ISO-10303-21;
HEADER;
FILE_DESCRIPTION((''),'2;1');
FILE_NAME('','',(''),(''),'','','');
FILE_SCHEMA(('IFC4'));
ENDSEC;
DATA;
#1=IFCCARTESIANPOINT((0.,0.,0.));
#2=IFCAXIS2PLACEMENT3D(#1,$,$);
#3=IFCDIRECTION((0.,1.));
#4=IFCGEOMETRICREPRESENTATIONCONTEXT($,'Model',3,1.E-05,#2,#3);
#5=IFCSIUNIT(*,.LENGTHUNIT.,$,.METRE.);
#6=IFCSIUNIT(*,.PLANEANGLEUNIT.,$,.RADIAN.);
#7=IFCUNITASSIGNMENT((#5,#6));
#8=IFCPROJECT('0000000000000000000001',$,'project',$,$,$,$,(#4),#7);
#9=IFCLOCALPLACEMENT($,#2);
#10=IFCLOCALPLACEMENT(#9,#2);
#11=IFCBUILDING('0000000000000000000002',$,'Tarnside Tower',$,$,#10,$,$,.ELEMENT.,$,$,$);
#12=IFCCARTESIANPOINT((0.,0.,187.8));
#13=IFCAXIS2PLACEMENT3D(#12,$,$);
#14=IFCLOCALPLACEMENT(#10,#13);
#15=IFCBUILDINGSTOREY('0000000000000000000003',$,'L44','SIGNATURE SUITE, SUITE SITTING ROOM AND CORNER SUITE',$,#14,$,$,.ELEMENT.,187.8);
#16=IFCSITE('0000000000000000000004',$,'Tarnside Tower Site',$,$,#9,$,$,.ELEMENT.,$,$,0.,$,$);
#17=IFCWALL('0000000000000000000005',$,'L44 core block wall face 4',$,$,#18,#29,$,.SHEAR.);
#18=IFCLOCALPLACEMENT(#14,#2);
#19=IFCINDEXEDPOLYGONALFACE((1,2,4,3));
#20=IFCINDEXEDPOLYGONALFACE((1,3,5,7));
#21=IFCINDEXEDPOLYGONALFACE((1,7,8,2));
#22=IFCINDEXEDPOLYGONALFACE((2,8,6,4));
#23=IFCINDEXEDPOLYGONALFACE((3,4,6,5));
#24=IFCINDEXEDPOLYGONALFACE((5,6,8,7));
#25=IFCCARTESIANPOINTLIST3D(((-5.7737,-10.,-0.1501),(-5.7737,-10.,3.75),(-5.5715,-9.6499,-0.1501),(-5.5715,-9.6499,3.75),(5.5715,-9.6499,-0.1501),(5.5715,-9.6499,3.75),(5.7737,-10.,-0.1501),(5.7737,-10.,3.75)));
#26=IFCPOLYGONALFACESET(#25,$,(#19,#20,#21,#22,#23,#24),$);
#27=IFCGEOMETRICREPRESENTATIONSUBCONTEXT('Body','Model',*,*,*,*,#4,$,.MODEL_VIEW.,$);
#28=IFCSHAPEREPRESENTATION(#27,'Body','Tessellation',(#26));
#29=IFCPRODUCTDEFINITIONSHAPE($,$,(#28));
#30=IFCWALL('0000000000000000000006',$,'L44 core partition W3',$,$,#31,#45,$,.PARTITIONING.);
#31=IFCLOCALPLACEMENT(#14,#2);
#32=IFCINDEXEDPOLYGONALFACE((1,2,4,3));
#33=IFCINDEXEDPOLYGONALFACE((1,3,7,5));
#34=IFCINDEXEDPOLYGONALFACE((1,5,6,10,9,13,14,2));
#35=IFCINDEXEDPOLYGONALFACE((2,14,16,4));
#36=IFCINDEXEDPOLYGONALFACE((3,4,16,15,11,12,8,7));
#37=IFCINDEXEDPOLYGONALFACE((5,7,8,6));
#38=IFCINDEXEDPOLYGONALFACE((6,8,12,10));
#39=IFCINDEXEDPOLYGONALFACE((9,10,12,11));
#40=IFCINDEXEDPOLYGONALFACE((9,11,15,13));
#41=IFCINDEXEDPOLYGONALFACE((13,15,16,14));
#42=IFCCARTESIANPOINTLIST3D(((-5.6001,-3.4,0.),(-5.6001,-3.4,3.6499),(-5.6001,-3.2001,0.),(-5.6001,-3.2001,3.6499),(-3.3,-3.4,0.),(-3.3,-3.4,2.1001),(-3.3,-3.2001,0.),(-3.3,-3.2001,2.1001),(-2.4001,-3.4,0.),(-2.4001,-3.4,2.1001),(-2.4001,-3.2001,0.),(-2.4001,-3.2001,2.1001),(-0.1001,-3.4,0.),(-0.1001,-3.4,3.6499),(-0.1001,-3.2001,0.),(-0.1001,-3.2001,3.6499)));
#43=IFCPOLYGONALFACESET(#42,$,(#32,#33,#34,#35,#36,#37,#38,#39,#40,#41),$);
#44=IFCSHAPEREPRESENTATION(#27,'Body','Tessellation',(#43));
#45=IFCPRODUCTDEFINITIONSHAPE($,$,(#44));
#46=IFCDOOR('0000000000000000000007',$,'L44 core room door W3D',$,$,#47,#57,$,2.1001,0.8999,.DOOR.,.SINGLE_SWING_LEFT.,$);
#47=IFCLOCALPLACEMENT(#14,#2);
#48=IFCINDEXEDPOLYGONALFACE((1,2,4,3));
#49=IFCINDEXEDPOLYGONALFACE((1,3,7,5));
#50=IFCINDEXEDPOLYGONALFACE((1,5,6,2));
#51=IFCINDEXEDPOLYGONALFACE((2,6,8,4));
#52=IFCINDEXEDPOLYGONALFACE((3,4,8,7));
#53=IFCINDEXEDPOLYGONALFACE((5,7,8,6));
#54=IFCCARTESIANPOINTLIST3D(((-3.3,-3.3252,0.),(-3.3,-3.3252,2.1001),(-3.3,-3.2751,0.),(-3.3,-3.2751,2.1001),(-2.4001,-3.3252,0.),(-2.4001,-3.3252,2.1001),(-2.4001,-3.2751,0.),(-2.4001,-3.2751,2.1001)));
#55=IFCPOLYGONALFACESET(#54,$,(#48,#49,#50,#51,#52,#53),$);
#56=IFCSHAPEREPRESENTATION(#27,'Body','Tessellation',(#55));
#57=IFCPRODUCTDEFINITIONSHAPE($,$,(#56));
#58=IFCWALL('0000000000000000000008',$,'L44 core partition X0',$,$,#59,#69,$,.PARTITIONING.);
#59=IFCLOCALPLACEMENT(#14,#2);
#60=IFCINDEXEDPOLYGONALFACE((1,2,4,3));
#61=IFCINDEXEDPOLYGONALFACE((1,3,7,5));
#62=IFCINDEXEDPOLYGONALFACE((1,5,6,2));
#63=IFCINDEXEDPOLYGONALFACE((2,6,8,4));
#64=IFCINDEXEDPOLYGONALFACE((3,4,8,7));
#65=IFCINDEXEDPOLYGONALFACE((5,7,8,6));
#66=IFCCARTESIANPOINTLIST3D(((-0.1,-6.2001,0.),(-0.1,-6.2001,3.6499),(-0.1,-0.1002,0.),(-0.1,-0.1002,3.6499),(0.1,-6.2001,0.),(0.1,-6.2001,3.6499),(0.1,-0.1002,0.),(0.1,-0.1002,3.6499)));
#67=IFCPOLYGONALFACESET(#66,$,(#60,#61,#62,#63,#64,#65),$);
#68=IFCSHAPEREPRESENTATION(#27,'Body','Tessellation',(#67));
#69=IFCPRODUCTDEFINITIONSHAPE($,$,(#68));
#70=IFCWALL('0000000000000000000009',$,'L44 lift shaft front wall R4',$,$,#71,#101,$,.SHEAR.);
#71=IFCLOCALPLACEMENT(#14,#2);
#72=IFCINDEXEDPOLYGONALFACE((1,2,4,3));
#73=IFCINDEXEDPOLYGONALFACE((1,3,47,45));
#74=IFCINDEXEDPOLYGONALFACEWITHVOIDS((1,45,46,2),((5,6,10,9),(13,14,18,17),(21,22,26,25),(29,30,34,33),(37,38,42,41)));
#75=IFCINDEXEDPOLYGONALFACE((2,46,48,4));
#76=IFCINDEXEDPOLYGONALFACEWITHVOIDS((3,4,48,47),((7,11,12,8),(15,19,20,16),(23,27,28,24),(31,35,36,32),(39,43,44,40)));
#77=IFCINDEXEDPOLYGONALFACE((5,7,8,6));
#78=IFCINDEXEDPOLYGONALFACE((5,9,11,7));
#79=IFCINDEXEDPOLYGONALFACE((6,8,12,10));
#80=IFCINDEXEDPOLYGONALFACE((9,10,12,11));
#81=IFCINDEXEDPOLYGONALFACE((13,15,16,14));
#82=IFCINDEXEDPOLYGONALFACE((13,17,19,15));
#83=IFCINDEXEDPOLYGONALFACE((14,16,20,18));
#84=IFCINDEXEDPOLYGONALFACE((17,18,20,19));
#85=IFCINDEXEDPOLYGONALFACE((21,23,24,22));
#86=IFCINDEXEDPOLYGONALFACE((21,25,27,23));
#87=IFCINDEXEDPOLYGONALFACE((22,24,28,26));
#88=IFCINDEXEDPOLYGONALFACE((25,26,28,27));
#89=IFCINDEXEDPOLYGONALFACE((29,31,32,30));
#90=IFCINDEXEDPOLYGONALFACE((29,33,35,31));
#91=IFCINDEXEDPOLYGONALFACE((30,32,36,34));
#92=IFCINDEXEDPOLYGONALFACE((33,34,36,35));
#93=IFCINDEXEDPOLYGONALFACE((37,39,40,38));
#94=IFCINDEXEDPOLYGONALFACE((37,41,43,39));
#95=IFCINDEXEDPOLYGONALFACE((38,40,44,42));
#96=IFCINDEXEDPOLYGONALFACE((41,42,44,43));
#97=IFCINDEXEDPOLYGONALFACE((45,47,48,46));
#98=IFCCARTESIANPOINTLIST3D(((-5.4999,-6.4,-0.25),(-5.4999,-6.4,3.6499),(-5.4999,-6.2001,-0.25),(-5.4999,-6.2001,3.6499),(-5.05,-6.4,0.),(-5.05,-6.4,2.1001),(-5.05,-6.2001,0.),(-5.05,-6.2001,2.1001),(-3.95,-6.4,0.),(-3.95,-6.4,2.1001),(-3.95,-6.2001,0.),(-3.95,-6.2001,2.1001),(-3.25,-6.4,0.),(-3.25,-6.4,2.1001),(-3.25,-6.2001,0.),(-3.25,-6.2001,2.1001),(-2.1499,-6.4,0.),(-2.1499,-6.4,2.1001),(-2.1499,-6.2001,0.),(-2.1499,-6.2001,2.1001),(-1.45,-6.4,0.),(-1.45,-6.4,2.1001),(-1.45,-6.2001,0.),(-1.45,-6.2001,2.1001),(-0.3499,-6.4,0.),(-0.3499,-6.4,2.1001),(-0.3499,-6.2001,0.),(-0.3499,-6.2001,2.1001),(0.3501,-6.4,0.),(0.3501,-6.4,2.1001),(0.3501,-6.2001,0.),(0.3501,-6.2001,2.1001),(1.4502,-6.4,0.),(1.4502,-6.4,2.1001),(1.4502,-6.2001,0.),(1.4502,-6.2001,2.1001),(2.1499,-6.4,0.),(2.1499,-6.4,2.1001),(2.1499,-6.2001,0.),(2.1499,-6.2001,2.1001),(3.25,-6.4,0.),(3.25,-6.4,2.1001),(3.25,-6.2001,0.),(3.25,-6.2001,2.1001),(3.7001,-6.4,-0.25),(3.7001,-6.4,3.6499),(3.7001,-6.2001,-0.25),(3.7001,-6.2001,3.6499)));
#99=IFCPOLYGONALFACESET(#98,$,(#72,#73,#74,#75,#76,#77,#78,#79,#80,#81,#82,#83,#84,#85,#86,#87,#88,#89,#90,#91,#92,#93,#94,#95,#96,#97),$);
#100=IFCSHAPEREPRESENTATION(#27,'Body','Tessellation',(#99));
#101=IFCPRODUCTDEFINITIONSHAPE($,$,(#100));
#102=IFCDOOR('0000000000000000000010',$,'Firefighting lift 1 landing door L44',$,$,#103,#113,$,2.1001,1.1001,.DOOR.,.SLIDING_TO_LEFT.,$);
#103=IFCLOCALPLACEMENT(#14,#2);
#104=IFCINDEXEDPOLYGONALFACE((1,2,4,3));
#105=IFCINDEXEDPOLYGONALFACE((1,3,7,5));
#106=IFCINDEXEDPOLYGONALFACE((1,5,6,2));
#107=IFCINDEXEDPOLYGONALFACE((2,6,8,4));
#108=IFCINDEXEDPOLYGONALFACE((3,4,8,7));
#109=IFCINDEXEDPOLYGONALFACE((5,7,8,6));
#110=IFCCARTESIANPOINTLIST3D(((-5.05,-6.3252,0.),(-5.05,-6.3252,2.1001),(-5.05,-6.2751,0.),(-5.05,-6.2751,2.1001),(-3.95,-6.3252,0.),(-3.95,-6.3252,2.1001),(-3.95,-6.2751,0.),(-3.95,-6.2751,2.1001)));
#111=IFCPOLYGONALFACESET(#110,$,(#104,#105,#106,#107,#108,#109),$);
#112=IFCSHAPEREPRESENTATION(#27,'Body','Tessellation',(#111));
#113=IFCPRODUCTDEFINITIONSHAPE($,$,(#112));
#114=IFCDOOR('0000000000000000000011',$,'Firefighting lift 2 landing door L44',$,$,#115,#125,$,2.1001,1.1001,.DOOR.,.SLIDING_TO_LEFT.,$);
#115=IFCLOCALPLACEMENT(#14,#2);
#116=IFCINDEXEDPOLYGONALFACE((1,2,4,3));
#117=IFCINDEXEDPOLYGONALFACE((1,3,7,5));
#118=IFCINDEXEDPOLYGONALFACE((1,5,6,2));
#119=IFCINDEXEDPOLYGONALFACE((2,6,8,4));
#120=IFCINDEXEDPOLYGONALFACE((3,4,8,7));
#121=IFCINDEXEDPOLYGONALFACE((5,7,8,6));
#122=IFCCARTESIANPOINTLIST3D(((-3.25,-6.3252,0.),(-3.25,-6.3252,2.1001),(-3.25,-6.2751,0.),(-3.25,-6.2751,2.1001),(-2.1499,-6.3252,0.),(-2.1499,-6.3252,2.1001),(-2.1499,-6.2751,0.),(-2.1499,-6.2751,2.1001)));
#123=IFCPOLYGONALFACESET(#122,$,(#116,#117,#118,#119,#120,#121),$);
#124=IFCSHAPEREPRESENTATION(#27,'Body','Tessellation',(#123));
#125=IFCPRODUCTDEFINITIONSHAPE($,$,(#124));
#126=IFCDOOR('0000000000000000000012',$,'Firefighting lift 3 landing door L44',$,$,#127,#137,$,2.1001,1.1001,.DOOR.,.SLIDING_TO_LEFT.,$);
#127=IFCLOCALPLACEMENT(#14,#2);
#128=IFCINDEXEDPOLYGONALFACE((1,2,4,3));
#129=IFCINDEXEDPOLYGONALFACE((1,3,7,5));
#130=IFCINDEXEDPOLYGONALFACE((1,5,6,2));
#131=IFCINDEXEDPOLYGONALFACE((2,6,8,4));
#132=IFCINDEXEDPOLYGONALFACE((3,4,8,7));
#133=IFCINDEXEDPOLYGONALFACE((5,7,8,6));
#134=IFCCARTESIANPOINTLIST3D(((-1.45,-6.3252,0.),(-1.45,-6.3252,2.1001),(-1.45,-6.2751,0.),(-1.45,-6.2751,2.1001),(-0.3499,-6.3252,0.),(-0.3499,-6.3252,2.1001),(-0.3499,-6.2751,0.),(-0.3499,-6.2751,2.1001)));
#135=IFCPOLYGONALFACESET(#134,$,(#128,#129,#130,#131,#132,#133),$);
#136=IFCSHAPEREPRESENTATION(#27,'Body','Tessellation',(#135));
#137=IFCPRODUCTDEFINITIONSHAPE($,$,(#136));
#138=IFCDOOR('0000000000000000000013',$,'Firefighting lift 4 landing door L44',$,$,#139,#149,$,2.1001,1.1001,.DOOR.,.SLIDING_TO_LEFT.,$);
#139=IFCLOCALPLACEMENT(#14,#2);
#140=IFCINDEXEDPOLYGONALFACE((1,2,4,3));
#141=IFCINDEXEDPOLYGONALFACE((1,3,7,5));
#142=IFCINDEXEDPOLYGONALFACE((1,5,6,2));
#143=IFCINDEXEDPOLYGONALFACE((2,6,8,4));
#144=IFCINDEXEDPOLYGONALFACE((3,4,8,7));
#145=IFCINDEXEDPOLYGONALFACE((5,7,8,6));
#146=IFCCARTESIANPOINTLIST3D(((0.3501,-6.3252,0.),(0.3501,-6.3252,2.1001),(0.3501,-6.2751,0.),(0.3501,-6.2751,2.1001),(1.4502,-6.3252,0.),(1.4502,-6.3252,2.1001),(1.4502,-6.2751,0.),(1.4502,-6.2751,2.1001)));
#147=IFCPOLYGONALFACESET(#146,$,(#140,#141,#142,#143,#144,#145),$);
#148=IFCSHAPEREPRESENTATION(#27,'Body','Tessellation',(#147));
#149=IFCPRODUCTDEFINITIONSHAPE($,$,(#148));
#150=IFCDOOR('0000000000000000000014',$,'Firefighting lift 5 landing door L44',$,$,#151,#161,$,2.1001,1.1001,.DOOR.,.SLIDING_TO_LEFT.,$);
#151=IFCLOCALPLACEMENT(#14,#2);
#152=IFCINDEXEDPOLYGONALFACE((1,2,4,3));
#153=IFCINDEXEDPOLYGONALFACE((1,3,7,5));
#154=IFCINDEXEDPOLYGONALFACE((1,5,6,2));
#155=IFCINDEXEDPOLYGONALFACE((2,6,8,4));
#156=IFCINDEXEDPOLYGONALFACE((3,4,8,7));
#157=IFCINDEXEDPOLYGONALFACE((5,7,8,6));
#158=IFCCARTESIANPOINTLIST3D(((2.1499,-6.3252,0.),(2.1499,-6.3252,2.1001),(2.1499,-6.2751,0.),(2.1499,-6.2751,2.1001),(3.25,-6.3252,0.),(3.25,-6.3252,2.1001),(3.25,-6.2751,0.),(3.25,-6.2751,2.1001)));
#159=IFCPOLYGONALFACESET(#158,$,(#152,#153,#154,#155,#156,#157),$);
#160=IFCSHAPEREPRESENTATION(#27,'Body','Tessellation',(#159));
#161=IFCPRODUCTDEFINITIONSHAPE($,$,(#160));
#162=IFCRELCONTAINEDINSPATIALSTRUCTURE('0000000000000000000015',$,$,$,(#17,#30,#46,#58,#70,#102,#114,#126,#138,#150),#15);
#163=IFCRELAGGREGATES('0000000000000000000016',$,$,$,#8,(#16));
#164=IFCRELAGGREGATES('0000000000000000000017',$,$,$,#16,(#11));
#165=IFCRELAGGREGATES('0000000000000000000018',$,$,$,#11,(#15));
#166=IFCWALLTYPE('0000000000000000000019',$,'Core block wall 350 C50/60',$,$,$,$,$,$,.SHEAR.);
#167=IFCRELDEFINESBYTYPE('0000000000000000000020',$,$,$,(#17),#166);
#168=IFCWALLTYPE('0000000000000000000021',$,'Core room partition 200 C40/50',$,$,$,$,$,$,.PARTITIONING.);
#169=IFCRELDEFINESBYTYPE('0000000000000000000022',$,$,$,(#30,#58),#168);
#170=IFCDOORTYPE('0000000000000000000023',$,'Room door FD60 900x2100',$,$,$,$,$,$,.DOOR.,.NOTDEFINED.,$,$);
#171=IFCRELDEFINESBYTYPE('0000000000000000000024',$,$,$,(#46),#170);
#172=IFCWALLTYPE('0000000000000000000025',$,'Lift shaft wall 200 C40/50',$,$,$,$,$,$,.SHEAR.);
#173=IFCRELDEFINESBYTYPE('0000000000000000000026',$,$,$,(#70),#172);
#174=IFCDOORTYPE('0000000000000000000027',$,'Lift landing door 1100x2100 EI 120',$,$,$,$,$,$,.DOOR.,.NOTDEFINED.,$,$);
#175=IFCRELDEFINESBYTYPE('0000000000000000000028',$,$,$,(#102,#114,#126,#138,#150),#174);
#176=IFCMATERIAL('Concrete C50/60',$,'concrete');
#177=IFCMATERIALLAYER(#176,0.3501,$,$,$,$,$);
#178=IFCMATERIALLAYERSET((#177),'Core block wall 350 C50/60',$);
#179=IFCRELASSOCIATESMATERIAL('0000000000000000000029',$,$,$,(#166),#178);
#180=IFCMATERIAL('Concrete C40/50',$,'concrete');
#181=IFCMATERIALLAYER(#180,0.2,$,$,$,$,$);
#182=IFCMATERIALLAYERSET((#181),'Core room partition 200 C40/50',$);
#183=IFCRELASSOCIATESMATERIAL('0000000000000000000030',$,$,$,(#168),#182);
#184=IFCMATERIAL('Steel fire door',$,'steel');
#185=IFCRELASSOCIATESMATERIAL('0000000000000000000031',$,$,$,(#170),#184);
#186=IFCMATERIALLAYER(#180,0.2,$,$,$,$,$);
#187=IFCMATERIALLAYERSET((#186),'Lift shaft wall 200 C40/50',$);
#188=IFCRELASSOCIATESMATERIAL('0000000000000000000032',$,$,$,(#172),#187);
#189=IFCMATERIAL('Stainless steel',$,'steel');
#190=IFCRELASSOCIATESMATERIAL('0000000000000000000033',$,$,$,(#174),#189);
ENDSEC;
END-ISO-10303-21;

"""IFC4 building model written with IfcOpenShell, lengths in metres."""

from ifc_helpers import new_model, si_unit, direction, frame, frame_2d, origin, place, context, subcontext, project, spatial, polyline, rectangle, outline, extrude, material, layer, layer_set, type_object, element, fill, save


model = new_model("IFC4")

# Units and contexts
model_context = context("Model", 3, precision=1e-05, world=origin(), true_north=direction((0.0, 1.0)))
body_context = subcontext(model_context, "Body", "Model", "MODEL_VIEW")
ifc_project = project(units=[si_unit("LENGTHUNIT", "METRE"), si_unit("PLANEANGLEUNIT", "RADIAN")], contexts=[model_context])

# Site, building, storey
site_placement = place(None, origin())
site = spatial("IfcSite", under=ifc_project, at=site_placement, Name="Tarnside Tower Site", CompositionType="ELEMENT", RefElevation=0.0)
building_placement = place(site_placement, origin())
building = spatial("IfcBuilding", under=site, at=building_placement, Name="Tarnside Tower", CompositionType="ELEMENT")
storey_placement = place(building_placement, frame((0.0, 0.0, 187.8)))
storey = spatial("IfcBuildingStorey", under=building, at=storey_placement, Name="L44", Description="SIGNATURE SUITE, SUITE SITTING ROOM AND CORNER SUITE", CompositionType="ELEMENT", Elevation=187.8)

# Wall
ifc_material_1 = material(Name="Concrete C50/60", Category="concrete")
ifc_layer_1 = layer(ifc_material_1, 0.3501)
ifc_layer_set_1 = layer_set([ifc_layer_1], Name="Core block wall 350 C50/60")
wall_type_1 = type_object("IfcWallType", Name="Core block wall 350 C50/60", PredefinedType="SHEAR", material=ifc_layer_set_1)
wall_1_placement = place(storey_placement, frame((-5.6726, -9.825, -0.1501), z_axis=(0.0, 0.0, 1.0), x_axis=(1.0, 0.0, 0.0)))
element("IfcWall", 1, at=wall_1_placement, inside=storey, type_object=wall_type_1, Name="L44 core block wall face 4", PredefinedType="SHEAR", context=body_context, shape_type="SweptSolid", body=[
    extrude(outline(polyline([(-0.1011, -0.175), (11.4463, -0.175), (11.2441, 0.175), (0.1011, 0.175), (-0.1011, -0.175)])), origin(), (0.0, 0.0, 1.0), 3.9001),
])

# Wall, opening, door
ifc_material_2 = material(Name="Concrete C40/50", Category="concrete")
ifc_layer_2 = layer(ifc_material_2, 0.2)
ifc_layer_set_2 = layer_set([ifc_layer_2], Name="Core room partition 200 C40/50")
wall_type_2 = type_object("IfcWallType", Name="Core room partition 200 C40/50", PredefinedType="PARTITIONING", material=ifc_layer_set_2)
wall_2_placement = place(storey_placement, frame((-5.6001, -3.3, 0.0), z_axis=(0.0, 0.0, 1.0), x_axis=(1.0, 0.0, 0.0)))
wall_2 = element("IfcWall", 2, at=wall_2_placement, inside=storey, type_object=wall_type_2, Name="L44 core partition W3", PredefinedType="PARTITIONING", context=body_context, shape_type="SweptSolid", body=[
    extrude(rectangle(XDim=5.5, YDim=0.2, at=frame_2d((2.75, 0.0))), origin(), (0.0, 0.0, 1.0), 3.6499),
])
opening_1_placement = place(wall_2_placement, frame((2.3, 0.0, 0.0)))
opening_1 = element("IfcOpeningElement", 3, at=opening_1_placement, cuts=wall_2, PredefinedType="OPENING", context=body_context, shape_type="SweptSolid", body=[
    extrude(rectangle(XDim=0.8999, YDim=2.1001, at=frame_2d((0.45, 1.05))), frame((0.0, 0.1099, 0.0), z_axis=(0.0, -1.0, 0.0), x_axis=(1.0, 0.0, 0.0)), (0.0, 0.0, 1.0), 0.22),
])
ifc_material_3 = material(Name="Steel fire door", Category="steel")
door_type_1 = type_object("IfcDoorType", Name="Room door FD60 900x2100", OperationType="NOTDEFINED", PredefinedType="DOOR", material=ifc_material_3)
door_1_placement = place(opening_1_placement, origin())
door_1 = element("IfcDoor", 4, at=door_1_placement, inside=storey, type_object=door_type_1, Name="L44 core room door W3D", OperationType="SINGLE_SWING_LEFT", OverallHeight=2.1001, OverallWidth=0.8999, PredefinedType="DOOR", context=body_context, shape_type="SweptSolid", body=[
    extrude(rectangle(XDim=0.8999, YDim=2.1001, at=frame_2d((0.45, 1.05))), frame((0.0, 0.0249, 0.0), z_axis=(0.0, -1.0, 0.0), x_axis=(1.0, 0.0, 0.0)), (0.0, 0.0, 1.0), 0.05),
])
fill(opening_1, door_1)

# Wall
wall_3_placement = place(storey_placement, frame((0.0, -6.2, 0.0), z_axis=(0.0, 0.0, 1.0), x_axis=(0.0, 1.0, 0.0)))
element("IfcWall", 5, at=wall_3_placement, inside=storey, type_object=wall_type_2, Name="L44 core partition X0", PredefinedType="PARTITIONING", context=body_context, shape_type="SweptSolid", body=[
    extrude(rectangle(XDim=6.0999, YDim=0.2, at=frame_2d((3.0498, 0.0))), origin(), (0.0, 0.0, 1.0), 3.6499),
])

# Wall, openings, doors
ifc_layer_3 = layer(ifc_material_2, 0.2)
ifc_layer_set_3 = layer_set([ifc_layer_3], Name="Lift shaft wall 200 C40/50")
wall_type_3 = type_object("IfcWallType", Name="Lift shaft wall 200 C40/50", PredefinedType="SHEAR", material=ifc_layer_set_3)
wall_4_placement = place(storey_placement, frame((-5.5, -6.3, -0.25), z_axis=(0.0, 0.0, 1.0), x_axis=(1.0, 0.0, 0.0)))
wall_4 = element("IfcWall", 6, at=wall_4_placement, inside=storey, type_object=wall_type_3, Name="L44 lift shaft front wall R4", PredefinedType="SHEAR", context=body_context, shape_type="SweptSolid", body=[
    extrude(rectangle(XDim=9.2, YDim=0.2, at=frame_2d((4.6001, 0.0))), origin(), (0.0, 0.0, 1.0), 3.8999),
])
opening_2_placement = place(wall_4_placement, frame((0.45, 0.0, 0.25)))
opening_2 = element("IfcOpeningElement", 7, at=opening_2_placement, cuts=wall_4, PredefinedType="OPENING", context=body_context, shape_type="SweptSolid", body=[
    extrude(rectangle(XDim=1.1001, YDim=2.1001, at=frame_2d((0.55, 1.05))), frame((0.0, 0.1099, 0.0), z_axis=(0.0, -1.0, 0.0), x_axis=(1.0, 0.0, 0.0)), (0.0, 0.0, 1.0), 0.22),
])
opening_3_placement = place(wall_4_placement, frame((2.25, 0.0, 0.25)))
opening_3 = element("IfcOpeningElement", 8, at=opening_3_placement, cuts=wall_4, PredefinedType="OPENING", context=body_context, shape_type="SweptSolid", body=[
    extrude(rectangle(XDim=1.1001, YDim=2.1001, at=frame_2d((0.55, 1.05))), frame((0.0, 0.1099, 0.0), z_axis=(0.0, -1.0, 0.0), x_axis=(1.0, 0.0, 0.0)), (0.0, 0.0, 1.0), 0.22),
])
opening_4_placement = place(wall_4_placement, frame((4.05, 0.0, 0.25)))
opening_4 = element("IfcOpeningElement", 9, at=opening_4_placement, cuts=wall_4, PredefinedType="OPENING", context=body_context, shape_type="SweptSolid", body=[
    extrude(rectangle(XDim=1.1001, YDim=2.1001, at=frame_2d((0.55, 1.05))), frame((0.0, 0.1099, 0.0), z_axis=(0.0, -1.0, 0.0), x_axis=(1.0, 0.0, 0.0)), (0.0, 0.0, 1.0), 0.22),
])
opening_5_placement = place(wall_4_placement, frame((5.8501, 0.0, 0.25)))
opening_5 = element("IfcOpeningElement", 10, at=opening_5_placement, cuts=wall_4, PredefinedType="OPENING", context=body_context, shape_type="SweptSolid", body=[
    extrude(rectangle(XDim=1.1001, YDim=2.1001, at=frame_2d((0.55, 1.05))), frame((0.0, 0.1099, 0.0), z_axis=(0.0, -1.0, 0.0), x_axis=(1.0, 0.0, 0.0)), (0.0, 0.0, 1.0), 0.22),
])
opening_6_placement = place(wall_4_placement, frame((7.6499, 0.0, 0.25)))
opening_6 = element("IfcOpeningElement", 11, at=opening_6_placement, cuts=wall_4, PredefinedType="OPENING", context=body_context, shape_type="SweptSolid", body=[
    extrude(rectangle(XDim=1.1001, YDim=2.1001, at=frame_2d((0.55, 1.05))), frame((0.0, 0.1099, 0.0), z_axis=(0.0, -1.0, 0.0), x_axis=(1.0, 0.0, 0.0)), (0.0, 0.0, 1.0), 0.22),
])
ifc_material_4 = material(Name="Stainless steel", Category="steel")
door_type_2 = type_object("IfcDoorType", Name="Lift landing door 1100x2100 EI 120", OperationType="NOTDEFINED", PredefinedType="DOOR", material=ifc_material_4)
door_2_placement = place(opening_2_placement, origin())
door_2 = element("IfcDoor", 12, at=door_2_placement, inside=storey, type_object=door_type_2, Name="Firefighting lift 1 landing door L44", OperationType="SLIDING_TO_LEFT", OverallHeight=2.1001, OverallWidth=1.1001, PredefinedType="DOOR", context=body_context, shape_type="SweptSolid", body=[
    extrude(rectangle(XDim=1.1001, YDim=2.1001, at=frame_2d((0.55, 1.05))), frame((0.0, 0.0249, 0.0), z_axis=(0.0, -1.0, 0.0), x_axis=(1.0, 0.0, 0.0)), (0.0, 0.0, 1.0), 0.05),
])
fill(opening_2, door_2)
door_3_placement = place(opening_3_placement, origin())
door_3 = element("IfcDoor", 13, at=door_3_placement, inside=storey, type_object=door_type_2, Name="Firefighting lift 2 landing door L44", OperationType="SLIDING_TO_LEFT", OverallHeight=2.1001, OverallWidth=1.1001, PredefinedType="DOOR", context=body_context, shape_type="SweptSolid", body=[
    extrude(rectangle(XDim=1.1001, YDim=2.1001, at=frame_2d((0.55, 1.05))), frame((0.0, 0.0249, 0.0), z_axis=(0.0, -1.0, 0.0), x_axis=(1.0, 0.0, 0.0)), (0.0, 0.0, 1.0), 0.05),
])
fill(opening_3, door_3)
door_4_placement = place(opening_4_placement, origin())
door_4 = element("IfcDoor", 14, at=door_4_placement, inside=storey, type_object=door_type_2, Name="Firefighting lift 3 landing door L44", OperationType="SLIDING_TO_LEFT", OverallHeight=2.1001, OverallWidth=1.1001, PredefinedType="DOOR", context=body_context, shape_type="SweptSolid", body=[
    extrude(rectangle(XDim=1.1001, YDim=2.1001, at=frame_2d((0.55, 1.05))), frame((0.0, 0.0249, 0.0), z_axis=(0.0, -1.0, 0.0), x_axis=(1.0, 0.0, 0.0)), (0.0, 0.0, 1.0), 0.05),
])
fill(opening_4, door_4)
door_5_placement = place(opening_5_placement, origin())
door_5 = element("IfcDoor", 15, at=door_5_placement, inside=storey, type_object=door_type_2, Name="Firefighting lift 4 landing door L44", OperationType="SLIDING_TO_LEFT", OverallHeight=2.1001, OverallWidth=1.1001, PredefinedType="DOOR", context=body_context, shape_type="SweptSolid", body=[
    extrude(rectangle(XDim=1.1001, YDim=2.1001, at=frame_2d((0.55, 1.05))), frame((0.0, 0.0249, 0.0), z_axis=(0.0, -1.0, 0.0), x_axis=(1.0, 0.0, 0.0)), (0.0, 0.0, 1.0), 0.05),
])
fill(opening_5, door_5)
door_6_placement = place(opening_6_placement, origin())
door_6 = element("IfcDoor", 16, at=door_6_placement, inside=storey, type_object=door_type_2, Name="Firefighting lift 5 landing door L44", OperationType="SLIDING_TO_LEFT", OverallHeight=2.1001, OverallWidth=1.1001, PredefinedType="DOOR", context=body_context, shape_type="SweptSolid", body=[
    extrude(rectangle(XDim=1.1001, YDim=2.1001, at=frame_2d((0.55, 1.05))), frame((0.0, 0.0249, 0.0), z_axis=(0.0, -1.0, 0.0), x_axis=(1.0, 0.0, 0.0)), (0.0, 0.0, 1.0), 0.05),
])
fill(opening_6, door_6)

save(model, "model.ifc")
